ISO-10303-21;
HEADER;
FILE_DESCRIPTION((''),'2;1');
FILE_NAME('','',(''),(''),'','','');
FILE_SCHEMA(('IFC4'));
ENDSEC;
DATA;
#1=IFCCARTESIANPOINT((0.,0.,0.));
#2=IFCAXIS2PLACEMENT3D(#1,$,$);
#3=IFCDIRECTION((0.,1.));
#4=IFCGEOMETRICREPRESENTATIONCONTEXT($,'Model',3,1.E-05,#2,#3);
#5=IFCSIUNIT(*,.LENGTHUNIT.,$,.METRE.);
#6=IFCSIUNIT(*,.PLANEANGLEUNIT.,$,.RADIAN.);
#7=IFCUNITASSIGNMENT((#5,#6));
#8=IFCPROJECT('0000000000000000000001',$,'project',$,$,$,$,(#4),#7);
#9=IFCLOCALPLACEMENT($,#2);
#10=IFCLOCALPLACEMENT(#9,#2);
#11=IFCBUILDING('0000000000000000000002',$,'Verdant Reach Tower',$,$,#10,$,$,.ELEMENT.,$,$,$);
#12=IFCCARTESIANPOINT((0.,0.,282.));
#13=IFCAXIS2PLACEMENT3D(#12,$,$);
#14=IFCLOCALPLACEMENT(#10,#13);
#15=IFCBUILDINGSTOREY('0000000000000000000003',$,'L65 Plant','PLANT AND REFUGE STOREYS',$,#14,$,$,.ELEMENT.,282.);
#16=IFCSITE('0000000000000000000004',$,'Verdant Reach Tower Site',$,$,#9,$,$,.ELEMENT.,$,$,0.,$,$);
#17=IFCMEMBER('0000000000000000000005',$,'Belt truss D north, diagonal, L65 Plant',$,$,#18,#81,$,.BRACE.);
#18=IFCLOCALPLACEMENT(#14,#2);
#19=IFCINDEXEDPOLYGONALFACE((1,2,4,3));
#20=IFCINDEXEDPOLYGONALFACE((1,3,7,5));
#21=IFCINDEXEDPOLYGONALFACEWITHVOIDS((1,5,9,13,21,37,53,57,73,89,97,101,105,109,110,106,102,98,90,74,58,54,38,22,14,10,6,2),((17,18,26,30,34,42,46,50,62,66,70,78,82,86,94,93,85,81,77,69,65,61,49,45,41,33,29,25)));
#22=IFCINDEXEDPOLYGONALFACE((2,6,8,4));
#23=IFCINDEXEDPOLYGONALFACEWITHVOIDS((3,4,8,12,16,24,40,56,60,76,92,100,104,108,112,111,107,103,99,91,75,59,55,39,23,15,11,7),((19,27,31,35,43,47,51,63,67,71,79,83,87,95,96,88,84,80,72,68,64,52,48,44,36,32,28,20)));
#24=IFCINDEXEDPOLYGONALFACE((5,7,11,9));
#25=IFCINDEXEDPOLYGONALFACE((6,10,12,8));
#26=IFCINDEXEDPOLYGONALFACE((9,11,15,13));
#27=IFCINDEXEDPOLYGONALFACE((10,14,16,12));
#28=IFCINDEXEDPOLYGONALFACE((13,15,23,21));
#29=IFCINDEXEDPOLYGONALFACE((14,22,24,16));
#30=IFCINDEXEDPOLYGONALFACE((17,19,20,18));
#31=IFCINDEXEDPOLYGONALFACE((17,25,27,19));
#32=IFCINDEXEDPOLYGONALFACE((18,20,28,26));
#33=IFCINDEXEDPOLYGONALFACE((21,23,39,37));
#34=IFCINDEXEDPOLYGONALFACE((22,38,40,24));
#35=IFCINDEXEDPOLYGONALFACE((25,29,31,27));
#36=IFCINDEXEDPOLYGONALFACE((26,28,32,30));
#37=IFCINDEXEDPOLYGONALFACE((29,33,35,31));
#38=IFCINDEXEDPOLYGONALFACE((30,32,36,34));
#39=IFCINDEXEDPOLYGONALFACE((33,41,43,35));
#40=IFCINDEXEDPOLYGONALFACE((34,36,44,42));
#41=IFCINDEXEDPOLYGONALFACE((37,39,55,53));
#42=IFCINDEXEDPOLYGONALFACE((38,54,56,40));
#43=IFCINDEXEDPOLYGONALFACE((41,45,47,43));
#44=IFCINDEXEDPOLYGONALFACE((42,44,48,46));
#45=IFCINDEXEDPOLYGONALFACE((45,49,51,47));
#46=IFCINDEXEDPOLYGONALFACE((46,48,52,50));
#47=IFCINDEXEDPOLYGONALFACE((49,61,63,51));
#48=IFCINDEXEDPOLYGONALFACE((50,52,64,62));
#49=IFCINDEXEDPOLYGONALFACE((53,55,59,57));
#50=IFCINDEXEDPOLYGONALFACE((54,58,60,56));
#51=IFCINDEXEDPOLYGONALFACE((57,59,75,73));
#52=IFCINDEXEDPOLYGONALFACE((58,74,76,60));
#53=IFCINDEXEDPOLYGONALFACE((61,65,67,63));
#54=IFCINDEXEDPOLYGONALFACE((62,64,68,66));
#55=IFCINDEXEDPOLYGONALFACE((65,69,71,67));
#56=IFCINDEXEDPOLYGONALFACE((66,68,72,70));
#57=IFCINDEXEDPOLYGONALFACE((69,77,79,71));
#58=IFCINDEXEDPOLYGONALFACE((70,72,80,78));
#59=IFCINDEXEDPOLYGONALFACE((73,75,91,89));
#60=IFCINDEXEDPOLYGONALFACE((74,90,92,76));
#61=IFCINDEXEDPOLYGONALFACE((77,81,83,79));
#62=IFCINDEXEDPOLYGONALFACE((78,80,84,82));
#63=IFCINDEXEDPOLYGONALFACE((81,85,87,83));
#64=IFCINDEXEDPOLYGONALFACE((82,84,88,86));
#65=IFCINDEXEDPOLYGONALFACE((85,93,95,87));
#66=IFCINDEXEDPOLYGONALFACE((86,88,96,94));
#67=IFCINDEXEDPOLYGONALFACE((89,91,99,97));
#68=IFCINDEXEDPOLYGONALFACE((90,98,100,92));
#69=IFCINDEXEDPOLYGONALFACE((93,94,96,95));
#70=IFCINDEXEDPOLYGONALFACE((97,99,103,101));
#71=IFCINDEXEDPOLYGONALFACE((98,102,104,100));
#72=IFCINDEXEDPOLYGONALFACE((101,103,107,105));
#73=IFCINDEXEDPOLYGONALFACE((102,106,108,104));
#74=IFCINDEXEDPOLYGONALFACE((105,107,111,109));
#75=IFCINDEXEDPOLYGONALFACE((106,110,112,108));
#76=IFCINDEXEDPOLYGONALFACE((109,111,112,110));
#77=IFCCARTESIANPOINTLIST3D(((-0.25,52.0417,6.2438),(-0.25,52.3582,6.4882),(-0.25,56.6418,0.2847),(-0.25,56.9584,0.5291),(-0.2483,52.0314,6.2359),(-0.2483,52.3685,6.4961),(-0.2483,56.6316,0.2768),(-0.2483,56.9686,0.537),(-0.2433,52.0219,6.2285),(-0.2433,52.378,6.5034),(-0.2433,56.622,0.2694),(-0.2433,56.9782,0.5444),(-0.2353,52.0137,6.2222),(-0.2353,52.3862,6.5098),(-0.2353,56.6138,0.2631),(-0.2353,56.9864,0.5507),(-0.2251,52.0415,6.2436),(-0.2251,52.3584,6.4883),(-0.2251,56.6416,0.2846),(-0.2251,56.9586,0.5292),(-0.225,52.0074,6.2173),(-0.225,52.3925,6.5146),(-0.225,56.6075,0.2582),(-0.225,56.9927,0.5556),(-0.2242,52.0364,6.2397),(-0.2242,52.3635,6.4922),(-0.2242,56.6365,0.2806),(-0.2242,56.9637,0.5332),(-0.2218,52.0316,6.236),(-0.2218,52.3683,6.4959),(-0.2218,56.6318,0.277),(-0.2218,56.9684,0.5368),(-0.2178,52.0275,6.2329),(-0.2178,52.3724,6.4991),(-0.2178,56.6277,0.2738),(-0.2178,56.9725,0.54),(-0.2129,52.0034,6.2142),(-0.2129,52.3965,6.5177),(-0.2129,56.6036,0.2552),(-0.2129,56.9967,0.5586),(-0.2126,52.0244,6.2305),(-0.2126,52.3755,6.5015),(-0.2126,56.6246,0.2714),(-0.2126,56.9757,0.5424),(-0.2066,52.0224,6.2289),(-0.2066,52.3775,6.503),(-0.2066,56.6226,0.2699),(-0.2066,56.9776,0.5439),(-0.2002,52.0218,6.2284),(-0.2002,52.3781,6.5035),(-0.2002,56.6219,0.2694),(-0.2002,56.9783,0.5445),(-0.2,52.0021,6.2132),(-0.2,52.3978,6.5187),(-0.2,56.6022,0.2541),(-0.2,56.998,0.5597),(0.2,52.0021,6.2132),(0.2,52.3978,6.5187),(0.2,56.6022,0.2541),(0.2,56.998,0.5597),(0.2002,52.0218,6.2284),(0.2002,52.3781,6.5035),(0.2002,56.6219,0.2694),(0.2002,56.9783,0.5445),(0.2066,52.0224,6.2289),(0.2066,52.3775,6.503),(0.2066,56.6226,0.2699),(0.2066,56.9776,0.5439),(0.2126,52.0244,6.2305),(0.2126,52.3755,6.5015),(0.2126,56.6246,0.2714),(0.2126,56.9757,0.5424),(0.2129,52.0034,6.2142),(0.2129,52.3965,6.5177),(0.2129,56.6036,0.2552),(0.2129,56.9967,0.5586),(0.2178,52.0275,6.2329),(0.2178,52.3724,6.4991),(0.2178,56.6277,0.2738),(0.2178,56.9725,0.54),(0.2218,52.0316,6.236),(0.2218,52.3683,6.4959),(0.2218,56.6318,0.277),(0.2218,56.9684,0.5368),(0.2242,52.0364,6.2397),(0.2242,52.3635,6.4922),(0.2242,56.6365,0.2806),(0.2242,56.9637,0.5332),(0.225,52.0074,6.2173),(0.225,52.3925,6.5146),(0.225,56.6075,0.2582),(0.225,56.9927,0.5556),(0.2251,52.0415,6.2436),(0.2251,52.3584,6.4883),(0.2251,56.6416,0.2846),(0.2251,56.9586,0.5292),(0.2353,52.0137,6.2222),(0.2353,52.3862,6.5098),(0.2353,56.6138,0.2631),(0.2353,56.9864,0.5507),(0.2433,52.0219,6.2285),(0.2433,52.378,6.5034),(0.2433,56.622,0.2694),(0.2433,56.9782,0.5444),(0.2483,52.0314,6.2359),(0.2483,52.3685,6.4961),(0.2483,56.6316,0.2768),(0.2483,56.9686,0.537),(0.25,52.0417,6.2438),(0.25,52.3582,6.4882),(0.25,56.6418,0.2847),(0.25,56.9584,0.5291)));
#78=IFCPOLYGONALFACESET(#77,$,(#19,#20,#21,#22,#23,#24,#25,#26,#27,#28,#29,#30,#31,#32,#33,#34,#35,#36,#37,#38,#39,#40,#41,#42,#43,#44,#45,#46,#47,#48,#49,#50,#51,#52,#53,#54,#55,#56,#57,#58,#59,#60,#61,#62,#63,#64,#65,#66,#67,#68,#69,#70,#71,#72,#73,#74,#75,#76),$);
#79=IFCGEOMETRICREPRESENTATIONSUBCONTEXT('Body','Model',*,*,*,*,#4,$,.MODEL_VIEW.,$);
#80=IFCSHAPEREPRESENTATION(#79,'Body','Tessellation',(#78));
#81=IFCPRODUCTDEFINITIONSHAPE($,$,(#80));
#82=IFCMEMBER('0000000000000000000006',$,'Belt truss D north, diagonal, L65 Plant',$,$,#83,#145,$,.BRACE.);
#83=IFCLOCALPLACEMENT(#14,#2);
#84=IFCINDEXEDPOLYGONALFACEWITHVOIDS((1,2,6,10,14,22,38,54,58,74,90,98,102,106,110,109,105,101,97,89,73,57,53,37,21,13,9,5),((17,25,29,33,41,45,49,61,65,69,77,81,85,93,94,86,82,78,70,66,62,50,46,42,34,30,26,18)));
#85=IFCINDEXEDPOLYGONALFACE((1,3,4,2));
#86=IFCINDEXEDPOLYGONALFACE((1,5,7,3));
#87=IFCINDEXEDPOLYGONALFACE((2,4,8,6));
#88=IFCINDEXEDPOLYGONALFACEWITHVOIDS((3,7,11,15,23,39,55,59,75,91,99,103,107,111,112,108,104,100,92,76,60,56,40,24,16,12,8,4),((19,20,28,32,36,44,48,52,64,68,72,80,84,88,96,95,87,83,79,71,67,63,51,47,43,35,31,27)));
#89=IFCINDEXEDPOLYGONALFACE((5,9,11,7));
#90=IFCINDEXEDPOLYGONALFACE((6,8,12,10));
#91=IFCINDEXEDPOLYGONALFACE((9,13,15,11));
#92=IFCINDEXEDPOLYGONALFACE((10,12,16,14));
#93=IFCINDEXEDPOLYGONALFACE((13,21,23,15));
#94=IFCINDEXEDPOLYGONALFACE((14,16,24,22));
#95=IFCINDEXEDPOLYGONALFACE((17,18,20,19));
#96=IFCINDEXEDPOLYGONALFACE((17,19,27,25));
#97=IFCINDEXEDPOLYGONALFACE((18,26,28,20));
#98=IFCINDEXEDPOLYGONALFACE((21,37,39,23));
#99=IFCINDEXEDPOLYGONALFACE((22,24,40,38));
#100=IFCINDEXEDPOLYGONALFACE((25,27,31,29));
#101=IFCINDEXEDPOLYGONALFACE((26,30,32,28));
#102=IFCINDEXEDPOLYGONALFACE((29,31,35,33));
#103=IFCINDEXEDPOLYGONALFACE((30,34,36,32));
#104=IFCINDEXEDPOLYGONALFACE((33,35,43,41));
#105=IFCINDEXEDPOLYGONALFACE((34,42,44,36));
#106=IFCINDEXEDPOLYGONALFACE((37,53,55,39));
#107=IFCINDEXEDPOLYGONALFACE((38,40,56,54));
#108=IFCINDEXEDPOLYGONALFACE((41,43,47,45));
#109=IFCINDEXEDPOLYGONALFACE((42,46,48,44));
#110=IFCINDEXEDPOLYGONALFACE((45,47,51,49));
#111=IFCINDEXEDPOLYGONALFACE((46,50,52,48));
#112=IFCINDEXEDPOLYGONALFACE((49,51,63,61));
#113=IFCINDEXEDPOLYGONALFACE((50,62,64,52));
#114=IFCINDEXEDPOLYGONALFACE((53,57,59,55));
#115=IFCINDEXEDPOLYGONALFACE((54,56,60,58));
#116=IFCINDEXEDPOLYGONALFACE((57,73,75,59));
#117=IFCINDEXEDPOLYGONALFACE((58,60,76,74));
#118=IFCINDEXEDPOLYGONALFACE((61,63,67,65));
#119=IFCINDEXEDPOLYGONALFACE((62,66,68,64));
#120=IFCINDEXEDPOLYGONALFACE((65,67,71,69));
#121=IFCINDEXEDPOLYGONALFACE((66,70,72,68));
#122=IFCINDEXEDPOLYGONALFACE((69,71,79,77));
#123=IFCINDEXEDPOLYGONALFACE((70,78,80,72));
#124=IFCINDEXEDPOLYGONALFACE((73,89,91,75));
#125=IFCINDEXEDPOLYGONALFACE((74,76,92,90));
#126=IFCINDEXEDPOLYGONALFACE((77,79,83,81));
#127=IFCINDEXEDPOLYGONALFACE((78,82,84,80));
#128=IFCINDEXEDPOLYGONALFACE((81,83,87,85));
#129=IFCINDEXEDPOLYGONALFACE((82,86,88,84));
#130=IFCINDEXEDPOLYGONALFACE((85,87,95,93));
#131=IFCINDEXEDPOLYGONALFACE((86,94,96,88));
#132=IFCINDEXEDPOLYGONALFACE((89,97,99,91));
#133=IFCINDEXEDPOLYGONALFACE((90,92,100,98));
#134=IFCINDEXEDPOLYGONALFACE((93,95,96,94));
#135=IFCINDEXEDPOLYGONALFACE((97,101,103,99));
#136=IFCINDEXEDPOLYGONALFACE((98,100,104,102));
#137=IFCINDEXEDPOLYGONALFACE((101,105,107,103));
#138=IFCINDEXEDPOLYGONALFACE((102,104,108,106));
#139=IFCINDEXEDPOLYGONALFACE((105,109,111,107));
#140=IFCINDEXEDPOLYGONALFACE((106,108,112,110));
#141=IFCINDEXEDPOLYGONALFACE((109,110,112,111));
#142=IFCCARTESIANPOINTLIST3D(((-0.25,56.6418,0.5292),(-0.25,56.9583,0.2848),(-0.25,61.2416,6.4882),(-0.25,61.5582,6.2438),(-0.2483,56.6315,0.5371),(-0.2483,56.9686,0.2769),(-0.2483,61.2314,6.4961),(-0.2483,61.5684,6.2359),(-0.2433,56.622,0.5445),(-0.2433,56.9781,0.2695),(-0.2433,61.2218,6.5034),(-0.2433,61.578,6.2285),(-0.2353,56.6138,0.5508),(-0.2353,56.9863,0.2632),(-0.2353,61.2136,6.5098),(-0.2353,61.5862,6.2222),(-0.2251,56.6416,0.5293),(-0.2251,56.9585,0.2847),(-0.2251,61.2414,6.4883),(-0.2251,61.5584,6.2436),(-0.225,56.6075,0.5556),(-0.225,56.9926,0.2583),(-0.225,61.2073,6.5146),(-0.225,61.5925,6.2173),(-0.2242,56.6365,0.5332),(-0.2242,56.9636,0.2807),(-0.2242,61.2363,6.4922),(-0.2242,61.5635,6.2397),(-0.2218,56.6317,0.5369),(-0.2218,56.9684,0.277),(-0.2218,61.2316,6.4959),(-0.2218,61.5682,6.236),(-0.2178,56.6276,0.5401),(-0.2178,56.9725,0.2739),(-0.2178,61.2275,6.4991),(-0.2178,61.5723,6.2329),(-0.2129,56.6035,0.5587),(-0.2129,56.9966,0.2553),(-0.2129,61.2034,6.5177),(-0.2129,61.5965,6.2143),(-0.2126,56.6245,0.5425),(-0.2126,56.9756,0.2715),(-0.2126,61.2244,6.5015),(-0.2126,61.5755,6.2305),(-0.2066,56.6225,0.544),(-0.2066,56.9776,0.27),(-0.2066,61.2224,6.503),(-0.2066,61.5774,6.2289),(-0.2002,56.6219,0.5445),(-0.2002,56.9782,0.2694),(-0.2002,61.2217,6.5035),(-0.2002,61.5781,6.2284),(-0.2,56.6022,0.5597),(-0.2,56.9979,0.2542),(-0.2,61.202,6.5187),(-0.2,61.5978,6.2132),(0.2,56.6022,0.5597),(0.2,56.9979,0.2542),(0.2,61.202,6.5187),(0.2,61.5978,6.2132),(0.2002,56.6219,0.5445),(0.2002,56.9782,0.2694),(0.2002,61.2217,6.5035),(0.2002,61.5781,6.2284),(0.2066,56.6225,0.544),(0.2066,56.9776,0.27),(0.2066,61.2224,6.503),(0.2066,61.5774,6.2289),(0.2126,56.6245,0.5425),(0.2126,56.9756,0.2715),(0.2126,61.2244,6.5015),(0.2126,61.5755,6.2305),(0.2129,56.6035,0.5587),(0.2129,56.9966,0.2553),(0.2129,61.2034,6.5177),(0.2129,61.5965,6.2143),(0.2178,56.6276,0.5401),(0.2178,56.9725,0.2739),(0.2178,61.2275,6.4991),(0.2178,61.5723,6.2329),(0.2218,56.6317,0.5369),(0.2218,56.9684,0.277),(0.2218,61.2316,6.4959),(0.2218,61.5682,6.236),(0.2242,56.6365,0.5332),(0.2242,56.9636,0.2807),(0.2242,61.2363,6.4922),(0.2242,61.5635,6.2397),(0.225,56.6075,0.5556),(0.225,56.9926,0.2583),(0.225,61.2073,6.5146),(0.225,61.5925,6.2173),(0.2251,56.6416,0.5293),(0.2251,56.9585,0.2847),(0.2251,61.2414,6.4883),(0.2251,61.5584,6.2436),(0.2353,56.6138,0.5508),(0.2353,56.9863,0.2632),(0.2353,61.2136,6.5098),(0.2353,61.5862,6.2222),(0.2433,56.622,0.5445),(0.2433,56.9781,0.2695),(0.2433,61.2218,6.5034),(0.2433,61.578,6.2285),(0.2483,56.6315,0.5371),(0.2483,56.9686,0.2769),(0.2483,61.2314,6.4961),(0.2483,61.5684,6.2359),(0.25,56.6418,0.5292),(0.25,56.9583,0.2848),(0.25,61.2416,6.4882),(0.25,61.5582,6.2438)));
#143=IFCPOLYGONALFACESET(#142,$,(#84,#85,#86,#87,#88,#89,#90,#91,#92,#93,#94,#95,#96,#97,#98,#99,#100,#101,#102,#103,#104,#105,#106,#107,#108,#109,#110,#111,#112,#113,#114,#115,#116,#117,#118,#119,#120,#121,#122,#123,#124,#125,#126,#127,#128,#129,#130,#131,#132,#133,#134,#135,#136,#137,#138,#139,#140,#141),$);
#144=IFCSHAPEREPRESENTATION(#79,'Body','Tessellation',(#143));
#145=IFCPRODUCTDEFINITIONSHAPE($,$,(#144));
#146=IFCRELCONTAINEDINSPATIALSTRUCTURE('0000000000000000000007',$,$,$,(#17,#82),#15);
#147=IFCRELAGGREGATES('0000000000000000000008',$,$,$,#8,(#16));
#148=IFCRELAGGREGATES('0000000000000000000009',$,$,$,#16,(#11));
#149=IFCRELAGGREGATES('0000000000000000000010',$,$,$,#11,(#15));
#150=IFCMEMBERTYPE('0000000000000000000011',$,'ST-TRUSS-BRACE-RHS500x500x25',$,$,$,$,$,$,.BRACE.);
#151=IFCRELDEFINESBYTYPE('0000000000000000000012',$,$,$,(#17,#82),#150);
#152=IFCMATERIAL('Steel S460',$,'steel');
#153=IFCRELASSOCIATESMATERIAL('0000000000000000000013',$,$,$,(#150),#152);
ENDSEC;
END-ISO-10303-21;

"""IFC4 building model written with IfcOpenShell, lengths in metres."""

from ifc_helpers import new_model, si_unit, direction, frame, origin, origin_2d, place, context, subcontext, project, spatial, hollow_rectangle, extrude, material, material_profile, profile_set, type_object, element, save


model = new_model("IFC4")

# Units and contexts
model_context = context("Model", 3, precision=1e-05, world=origin(), true_north=direction((0.0, 1.0)))
body_context = subcontext(model_context, "Body", "Model", "MODEL_VIEW")
ifc_project = project(units=[si_unit("LENGTHUNIT", "METRE"), si_unit("PLANEANGLEUNIT", "RADIAN")], contexts=[model_context])

# Site, building, storey
site_placement = place(None, origin())
site = spatial("IfcSite", under=ifc_project, at=site_placement, Name="Verdant Reach Tower Site", CompositionType="ELEMENT", RefElevation=0.0)
building_placement = place(site_placement, origin())
building = spatial("IfcBuilding", under=site, at=building_placement, Name="Verdant Reach Tower", CompositionType="ELEMENT")
storey_placement = place(building_placement, frame((0.0, 0.0, 282.0)))
storey = spatial("IfcBuildingStorey", under=building, at=storey_placement, Name="L65 Plant", Description="PLANT AND REFUGE STOREYS", CompositionType="ELEMENT", Elevation=282.0)

# Shared definitions
ifc_material_1 = material(Name="Steel S460", Category="steel")

# Members
ifc_material_profile_1 = material_profile(ifc_material_1, hollow_rectangle(XDim=0.5, YDim=0.5, WallThickness=0.0249, InnerFilletRadius=0.0249, OuterFilletRadius=0.05, at=origin_2d()), Name="RHS 500x500x25")
ifc_profile_set_1 = profile_set([ifc_material_profile_1], Name="Steel S460")
member_type_1 = type_object("IfcMemberType", Name="ST-TRUSS-BRACE-RHS500x500x25", PredefinedType="BRACE", material=ifc_profile_set_1)
member_1_placement = place(storey_placement, frame((0.0, 52.2, 6.366), z_axis=(0.0, 0.611067, -0.791579), x_axis=(-1.0, 0.0, 0.0)))
element("IfcMember", 1, at=member_1_placement, inside=storey, type_object=member_type_1, Name="Belt truss D north, diagonal, L65 Plant", PredefinedType="BRACE", context=body_context, shape_type="SweptSolid", body=[
    extrude(hollow_rectangle(XDim=0.5, YDim=0.5, WallThickness=0.0249, InnerFilletRadius=0.0249, OuterFilletRadius=0.05, at=origin_2d()), origin(), (0.0, 0.0, 1.0), 7.5281),
])
member_2_placement = place(storey_placement, frame((0.0, 56.8, 0.407), z_axis=(0.0, 0.611047, 0.791594), x_axis=(-1.0, 0.0, 0.0)))
element("IfcMember", 2, at=member_2_placement, inside=storey, type_object=member_type_1, Name="Belt truss D north, diagonal, L65 Plant", PredefinedType="BRACE", context=body_context, shape_type="SweptSolid", body=[
    extrude(hollow_rectangle(XDim=0.5, YDim=0.5, WallThickness=0.0249, InnerFilletRadius=0.0249, OuterFilletRadius=0.05, at=origin_2d()), origin(), (0.0, 0.0, 1.0), 7.5278),
])

save(model, "model.ifc")
